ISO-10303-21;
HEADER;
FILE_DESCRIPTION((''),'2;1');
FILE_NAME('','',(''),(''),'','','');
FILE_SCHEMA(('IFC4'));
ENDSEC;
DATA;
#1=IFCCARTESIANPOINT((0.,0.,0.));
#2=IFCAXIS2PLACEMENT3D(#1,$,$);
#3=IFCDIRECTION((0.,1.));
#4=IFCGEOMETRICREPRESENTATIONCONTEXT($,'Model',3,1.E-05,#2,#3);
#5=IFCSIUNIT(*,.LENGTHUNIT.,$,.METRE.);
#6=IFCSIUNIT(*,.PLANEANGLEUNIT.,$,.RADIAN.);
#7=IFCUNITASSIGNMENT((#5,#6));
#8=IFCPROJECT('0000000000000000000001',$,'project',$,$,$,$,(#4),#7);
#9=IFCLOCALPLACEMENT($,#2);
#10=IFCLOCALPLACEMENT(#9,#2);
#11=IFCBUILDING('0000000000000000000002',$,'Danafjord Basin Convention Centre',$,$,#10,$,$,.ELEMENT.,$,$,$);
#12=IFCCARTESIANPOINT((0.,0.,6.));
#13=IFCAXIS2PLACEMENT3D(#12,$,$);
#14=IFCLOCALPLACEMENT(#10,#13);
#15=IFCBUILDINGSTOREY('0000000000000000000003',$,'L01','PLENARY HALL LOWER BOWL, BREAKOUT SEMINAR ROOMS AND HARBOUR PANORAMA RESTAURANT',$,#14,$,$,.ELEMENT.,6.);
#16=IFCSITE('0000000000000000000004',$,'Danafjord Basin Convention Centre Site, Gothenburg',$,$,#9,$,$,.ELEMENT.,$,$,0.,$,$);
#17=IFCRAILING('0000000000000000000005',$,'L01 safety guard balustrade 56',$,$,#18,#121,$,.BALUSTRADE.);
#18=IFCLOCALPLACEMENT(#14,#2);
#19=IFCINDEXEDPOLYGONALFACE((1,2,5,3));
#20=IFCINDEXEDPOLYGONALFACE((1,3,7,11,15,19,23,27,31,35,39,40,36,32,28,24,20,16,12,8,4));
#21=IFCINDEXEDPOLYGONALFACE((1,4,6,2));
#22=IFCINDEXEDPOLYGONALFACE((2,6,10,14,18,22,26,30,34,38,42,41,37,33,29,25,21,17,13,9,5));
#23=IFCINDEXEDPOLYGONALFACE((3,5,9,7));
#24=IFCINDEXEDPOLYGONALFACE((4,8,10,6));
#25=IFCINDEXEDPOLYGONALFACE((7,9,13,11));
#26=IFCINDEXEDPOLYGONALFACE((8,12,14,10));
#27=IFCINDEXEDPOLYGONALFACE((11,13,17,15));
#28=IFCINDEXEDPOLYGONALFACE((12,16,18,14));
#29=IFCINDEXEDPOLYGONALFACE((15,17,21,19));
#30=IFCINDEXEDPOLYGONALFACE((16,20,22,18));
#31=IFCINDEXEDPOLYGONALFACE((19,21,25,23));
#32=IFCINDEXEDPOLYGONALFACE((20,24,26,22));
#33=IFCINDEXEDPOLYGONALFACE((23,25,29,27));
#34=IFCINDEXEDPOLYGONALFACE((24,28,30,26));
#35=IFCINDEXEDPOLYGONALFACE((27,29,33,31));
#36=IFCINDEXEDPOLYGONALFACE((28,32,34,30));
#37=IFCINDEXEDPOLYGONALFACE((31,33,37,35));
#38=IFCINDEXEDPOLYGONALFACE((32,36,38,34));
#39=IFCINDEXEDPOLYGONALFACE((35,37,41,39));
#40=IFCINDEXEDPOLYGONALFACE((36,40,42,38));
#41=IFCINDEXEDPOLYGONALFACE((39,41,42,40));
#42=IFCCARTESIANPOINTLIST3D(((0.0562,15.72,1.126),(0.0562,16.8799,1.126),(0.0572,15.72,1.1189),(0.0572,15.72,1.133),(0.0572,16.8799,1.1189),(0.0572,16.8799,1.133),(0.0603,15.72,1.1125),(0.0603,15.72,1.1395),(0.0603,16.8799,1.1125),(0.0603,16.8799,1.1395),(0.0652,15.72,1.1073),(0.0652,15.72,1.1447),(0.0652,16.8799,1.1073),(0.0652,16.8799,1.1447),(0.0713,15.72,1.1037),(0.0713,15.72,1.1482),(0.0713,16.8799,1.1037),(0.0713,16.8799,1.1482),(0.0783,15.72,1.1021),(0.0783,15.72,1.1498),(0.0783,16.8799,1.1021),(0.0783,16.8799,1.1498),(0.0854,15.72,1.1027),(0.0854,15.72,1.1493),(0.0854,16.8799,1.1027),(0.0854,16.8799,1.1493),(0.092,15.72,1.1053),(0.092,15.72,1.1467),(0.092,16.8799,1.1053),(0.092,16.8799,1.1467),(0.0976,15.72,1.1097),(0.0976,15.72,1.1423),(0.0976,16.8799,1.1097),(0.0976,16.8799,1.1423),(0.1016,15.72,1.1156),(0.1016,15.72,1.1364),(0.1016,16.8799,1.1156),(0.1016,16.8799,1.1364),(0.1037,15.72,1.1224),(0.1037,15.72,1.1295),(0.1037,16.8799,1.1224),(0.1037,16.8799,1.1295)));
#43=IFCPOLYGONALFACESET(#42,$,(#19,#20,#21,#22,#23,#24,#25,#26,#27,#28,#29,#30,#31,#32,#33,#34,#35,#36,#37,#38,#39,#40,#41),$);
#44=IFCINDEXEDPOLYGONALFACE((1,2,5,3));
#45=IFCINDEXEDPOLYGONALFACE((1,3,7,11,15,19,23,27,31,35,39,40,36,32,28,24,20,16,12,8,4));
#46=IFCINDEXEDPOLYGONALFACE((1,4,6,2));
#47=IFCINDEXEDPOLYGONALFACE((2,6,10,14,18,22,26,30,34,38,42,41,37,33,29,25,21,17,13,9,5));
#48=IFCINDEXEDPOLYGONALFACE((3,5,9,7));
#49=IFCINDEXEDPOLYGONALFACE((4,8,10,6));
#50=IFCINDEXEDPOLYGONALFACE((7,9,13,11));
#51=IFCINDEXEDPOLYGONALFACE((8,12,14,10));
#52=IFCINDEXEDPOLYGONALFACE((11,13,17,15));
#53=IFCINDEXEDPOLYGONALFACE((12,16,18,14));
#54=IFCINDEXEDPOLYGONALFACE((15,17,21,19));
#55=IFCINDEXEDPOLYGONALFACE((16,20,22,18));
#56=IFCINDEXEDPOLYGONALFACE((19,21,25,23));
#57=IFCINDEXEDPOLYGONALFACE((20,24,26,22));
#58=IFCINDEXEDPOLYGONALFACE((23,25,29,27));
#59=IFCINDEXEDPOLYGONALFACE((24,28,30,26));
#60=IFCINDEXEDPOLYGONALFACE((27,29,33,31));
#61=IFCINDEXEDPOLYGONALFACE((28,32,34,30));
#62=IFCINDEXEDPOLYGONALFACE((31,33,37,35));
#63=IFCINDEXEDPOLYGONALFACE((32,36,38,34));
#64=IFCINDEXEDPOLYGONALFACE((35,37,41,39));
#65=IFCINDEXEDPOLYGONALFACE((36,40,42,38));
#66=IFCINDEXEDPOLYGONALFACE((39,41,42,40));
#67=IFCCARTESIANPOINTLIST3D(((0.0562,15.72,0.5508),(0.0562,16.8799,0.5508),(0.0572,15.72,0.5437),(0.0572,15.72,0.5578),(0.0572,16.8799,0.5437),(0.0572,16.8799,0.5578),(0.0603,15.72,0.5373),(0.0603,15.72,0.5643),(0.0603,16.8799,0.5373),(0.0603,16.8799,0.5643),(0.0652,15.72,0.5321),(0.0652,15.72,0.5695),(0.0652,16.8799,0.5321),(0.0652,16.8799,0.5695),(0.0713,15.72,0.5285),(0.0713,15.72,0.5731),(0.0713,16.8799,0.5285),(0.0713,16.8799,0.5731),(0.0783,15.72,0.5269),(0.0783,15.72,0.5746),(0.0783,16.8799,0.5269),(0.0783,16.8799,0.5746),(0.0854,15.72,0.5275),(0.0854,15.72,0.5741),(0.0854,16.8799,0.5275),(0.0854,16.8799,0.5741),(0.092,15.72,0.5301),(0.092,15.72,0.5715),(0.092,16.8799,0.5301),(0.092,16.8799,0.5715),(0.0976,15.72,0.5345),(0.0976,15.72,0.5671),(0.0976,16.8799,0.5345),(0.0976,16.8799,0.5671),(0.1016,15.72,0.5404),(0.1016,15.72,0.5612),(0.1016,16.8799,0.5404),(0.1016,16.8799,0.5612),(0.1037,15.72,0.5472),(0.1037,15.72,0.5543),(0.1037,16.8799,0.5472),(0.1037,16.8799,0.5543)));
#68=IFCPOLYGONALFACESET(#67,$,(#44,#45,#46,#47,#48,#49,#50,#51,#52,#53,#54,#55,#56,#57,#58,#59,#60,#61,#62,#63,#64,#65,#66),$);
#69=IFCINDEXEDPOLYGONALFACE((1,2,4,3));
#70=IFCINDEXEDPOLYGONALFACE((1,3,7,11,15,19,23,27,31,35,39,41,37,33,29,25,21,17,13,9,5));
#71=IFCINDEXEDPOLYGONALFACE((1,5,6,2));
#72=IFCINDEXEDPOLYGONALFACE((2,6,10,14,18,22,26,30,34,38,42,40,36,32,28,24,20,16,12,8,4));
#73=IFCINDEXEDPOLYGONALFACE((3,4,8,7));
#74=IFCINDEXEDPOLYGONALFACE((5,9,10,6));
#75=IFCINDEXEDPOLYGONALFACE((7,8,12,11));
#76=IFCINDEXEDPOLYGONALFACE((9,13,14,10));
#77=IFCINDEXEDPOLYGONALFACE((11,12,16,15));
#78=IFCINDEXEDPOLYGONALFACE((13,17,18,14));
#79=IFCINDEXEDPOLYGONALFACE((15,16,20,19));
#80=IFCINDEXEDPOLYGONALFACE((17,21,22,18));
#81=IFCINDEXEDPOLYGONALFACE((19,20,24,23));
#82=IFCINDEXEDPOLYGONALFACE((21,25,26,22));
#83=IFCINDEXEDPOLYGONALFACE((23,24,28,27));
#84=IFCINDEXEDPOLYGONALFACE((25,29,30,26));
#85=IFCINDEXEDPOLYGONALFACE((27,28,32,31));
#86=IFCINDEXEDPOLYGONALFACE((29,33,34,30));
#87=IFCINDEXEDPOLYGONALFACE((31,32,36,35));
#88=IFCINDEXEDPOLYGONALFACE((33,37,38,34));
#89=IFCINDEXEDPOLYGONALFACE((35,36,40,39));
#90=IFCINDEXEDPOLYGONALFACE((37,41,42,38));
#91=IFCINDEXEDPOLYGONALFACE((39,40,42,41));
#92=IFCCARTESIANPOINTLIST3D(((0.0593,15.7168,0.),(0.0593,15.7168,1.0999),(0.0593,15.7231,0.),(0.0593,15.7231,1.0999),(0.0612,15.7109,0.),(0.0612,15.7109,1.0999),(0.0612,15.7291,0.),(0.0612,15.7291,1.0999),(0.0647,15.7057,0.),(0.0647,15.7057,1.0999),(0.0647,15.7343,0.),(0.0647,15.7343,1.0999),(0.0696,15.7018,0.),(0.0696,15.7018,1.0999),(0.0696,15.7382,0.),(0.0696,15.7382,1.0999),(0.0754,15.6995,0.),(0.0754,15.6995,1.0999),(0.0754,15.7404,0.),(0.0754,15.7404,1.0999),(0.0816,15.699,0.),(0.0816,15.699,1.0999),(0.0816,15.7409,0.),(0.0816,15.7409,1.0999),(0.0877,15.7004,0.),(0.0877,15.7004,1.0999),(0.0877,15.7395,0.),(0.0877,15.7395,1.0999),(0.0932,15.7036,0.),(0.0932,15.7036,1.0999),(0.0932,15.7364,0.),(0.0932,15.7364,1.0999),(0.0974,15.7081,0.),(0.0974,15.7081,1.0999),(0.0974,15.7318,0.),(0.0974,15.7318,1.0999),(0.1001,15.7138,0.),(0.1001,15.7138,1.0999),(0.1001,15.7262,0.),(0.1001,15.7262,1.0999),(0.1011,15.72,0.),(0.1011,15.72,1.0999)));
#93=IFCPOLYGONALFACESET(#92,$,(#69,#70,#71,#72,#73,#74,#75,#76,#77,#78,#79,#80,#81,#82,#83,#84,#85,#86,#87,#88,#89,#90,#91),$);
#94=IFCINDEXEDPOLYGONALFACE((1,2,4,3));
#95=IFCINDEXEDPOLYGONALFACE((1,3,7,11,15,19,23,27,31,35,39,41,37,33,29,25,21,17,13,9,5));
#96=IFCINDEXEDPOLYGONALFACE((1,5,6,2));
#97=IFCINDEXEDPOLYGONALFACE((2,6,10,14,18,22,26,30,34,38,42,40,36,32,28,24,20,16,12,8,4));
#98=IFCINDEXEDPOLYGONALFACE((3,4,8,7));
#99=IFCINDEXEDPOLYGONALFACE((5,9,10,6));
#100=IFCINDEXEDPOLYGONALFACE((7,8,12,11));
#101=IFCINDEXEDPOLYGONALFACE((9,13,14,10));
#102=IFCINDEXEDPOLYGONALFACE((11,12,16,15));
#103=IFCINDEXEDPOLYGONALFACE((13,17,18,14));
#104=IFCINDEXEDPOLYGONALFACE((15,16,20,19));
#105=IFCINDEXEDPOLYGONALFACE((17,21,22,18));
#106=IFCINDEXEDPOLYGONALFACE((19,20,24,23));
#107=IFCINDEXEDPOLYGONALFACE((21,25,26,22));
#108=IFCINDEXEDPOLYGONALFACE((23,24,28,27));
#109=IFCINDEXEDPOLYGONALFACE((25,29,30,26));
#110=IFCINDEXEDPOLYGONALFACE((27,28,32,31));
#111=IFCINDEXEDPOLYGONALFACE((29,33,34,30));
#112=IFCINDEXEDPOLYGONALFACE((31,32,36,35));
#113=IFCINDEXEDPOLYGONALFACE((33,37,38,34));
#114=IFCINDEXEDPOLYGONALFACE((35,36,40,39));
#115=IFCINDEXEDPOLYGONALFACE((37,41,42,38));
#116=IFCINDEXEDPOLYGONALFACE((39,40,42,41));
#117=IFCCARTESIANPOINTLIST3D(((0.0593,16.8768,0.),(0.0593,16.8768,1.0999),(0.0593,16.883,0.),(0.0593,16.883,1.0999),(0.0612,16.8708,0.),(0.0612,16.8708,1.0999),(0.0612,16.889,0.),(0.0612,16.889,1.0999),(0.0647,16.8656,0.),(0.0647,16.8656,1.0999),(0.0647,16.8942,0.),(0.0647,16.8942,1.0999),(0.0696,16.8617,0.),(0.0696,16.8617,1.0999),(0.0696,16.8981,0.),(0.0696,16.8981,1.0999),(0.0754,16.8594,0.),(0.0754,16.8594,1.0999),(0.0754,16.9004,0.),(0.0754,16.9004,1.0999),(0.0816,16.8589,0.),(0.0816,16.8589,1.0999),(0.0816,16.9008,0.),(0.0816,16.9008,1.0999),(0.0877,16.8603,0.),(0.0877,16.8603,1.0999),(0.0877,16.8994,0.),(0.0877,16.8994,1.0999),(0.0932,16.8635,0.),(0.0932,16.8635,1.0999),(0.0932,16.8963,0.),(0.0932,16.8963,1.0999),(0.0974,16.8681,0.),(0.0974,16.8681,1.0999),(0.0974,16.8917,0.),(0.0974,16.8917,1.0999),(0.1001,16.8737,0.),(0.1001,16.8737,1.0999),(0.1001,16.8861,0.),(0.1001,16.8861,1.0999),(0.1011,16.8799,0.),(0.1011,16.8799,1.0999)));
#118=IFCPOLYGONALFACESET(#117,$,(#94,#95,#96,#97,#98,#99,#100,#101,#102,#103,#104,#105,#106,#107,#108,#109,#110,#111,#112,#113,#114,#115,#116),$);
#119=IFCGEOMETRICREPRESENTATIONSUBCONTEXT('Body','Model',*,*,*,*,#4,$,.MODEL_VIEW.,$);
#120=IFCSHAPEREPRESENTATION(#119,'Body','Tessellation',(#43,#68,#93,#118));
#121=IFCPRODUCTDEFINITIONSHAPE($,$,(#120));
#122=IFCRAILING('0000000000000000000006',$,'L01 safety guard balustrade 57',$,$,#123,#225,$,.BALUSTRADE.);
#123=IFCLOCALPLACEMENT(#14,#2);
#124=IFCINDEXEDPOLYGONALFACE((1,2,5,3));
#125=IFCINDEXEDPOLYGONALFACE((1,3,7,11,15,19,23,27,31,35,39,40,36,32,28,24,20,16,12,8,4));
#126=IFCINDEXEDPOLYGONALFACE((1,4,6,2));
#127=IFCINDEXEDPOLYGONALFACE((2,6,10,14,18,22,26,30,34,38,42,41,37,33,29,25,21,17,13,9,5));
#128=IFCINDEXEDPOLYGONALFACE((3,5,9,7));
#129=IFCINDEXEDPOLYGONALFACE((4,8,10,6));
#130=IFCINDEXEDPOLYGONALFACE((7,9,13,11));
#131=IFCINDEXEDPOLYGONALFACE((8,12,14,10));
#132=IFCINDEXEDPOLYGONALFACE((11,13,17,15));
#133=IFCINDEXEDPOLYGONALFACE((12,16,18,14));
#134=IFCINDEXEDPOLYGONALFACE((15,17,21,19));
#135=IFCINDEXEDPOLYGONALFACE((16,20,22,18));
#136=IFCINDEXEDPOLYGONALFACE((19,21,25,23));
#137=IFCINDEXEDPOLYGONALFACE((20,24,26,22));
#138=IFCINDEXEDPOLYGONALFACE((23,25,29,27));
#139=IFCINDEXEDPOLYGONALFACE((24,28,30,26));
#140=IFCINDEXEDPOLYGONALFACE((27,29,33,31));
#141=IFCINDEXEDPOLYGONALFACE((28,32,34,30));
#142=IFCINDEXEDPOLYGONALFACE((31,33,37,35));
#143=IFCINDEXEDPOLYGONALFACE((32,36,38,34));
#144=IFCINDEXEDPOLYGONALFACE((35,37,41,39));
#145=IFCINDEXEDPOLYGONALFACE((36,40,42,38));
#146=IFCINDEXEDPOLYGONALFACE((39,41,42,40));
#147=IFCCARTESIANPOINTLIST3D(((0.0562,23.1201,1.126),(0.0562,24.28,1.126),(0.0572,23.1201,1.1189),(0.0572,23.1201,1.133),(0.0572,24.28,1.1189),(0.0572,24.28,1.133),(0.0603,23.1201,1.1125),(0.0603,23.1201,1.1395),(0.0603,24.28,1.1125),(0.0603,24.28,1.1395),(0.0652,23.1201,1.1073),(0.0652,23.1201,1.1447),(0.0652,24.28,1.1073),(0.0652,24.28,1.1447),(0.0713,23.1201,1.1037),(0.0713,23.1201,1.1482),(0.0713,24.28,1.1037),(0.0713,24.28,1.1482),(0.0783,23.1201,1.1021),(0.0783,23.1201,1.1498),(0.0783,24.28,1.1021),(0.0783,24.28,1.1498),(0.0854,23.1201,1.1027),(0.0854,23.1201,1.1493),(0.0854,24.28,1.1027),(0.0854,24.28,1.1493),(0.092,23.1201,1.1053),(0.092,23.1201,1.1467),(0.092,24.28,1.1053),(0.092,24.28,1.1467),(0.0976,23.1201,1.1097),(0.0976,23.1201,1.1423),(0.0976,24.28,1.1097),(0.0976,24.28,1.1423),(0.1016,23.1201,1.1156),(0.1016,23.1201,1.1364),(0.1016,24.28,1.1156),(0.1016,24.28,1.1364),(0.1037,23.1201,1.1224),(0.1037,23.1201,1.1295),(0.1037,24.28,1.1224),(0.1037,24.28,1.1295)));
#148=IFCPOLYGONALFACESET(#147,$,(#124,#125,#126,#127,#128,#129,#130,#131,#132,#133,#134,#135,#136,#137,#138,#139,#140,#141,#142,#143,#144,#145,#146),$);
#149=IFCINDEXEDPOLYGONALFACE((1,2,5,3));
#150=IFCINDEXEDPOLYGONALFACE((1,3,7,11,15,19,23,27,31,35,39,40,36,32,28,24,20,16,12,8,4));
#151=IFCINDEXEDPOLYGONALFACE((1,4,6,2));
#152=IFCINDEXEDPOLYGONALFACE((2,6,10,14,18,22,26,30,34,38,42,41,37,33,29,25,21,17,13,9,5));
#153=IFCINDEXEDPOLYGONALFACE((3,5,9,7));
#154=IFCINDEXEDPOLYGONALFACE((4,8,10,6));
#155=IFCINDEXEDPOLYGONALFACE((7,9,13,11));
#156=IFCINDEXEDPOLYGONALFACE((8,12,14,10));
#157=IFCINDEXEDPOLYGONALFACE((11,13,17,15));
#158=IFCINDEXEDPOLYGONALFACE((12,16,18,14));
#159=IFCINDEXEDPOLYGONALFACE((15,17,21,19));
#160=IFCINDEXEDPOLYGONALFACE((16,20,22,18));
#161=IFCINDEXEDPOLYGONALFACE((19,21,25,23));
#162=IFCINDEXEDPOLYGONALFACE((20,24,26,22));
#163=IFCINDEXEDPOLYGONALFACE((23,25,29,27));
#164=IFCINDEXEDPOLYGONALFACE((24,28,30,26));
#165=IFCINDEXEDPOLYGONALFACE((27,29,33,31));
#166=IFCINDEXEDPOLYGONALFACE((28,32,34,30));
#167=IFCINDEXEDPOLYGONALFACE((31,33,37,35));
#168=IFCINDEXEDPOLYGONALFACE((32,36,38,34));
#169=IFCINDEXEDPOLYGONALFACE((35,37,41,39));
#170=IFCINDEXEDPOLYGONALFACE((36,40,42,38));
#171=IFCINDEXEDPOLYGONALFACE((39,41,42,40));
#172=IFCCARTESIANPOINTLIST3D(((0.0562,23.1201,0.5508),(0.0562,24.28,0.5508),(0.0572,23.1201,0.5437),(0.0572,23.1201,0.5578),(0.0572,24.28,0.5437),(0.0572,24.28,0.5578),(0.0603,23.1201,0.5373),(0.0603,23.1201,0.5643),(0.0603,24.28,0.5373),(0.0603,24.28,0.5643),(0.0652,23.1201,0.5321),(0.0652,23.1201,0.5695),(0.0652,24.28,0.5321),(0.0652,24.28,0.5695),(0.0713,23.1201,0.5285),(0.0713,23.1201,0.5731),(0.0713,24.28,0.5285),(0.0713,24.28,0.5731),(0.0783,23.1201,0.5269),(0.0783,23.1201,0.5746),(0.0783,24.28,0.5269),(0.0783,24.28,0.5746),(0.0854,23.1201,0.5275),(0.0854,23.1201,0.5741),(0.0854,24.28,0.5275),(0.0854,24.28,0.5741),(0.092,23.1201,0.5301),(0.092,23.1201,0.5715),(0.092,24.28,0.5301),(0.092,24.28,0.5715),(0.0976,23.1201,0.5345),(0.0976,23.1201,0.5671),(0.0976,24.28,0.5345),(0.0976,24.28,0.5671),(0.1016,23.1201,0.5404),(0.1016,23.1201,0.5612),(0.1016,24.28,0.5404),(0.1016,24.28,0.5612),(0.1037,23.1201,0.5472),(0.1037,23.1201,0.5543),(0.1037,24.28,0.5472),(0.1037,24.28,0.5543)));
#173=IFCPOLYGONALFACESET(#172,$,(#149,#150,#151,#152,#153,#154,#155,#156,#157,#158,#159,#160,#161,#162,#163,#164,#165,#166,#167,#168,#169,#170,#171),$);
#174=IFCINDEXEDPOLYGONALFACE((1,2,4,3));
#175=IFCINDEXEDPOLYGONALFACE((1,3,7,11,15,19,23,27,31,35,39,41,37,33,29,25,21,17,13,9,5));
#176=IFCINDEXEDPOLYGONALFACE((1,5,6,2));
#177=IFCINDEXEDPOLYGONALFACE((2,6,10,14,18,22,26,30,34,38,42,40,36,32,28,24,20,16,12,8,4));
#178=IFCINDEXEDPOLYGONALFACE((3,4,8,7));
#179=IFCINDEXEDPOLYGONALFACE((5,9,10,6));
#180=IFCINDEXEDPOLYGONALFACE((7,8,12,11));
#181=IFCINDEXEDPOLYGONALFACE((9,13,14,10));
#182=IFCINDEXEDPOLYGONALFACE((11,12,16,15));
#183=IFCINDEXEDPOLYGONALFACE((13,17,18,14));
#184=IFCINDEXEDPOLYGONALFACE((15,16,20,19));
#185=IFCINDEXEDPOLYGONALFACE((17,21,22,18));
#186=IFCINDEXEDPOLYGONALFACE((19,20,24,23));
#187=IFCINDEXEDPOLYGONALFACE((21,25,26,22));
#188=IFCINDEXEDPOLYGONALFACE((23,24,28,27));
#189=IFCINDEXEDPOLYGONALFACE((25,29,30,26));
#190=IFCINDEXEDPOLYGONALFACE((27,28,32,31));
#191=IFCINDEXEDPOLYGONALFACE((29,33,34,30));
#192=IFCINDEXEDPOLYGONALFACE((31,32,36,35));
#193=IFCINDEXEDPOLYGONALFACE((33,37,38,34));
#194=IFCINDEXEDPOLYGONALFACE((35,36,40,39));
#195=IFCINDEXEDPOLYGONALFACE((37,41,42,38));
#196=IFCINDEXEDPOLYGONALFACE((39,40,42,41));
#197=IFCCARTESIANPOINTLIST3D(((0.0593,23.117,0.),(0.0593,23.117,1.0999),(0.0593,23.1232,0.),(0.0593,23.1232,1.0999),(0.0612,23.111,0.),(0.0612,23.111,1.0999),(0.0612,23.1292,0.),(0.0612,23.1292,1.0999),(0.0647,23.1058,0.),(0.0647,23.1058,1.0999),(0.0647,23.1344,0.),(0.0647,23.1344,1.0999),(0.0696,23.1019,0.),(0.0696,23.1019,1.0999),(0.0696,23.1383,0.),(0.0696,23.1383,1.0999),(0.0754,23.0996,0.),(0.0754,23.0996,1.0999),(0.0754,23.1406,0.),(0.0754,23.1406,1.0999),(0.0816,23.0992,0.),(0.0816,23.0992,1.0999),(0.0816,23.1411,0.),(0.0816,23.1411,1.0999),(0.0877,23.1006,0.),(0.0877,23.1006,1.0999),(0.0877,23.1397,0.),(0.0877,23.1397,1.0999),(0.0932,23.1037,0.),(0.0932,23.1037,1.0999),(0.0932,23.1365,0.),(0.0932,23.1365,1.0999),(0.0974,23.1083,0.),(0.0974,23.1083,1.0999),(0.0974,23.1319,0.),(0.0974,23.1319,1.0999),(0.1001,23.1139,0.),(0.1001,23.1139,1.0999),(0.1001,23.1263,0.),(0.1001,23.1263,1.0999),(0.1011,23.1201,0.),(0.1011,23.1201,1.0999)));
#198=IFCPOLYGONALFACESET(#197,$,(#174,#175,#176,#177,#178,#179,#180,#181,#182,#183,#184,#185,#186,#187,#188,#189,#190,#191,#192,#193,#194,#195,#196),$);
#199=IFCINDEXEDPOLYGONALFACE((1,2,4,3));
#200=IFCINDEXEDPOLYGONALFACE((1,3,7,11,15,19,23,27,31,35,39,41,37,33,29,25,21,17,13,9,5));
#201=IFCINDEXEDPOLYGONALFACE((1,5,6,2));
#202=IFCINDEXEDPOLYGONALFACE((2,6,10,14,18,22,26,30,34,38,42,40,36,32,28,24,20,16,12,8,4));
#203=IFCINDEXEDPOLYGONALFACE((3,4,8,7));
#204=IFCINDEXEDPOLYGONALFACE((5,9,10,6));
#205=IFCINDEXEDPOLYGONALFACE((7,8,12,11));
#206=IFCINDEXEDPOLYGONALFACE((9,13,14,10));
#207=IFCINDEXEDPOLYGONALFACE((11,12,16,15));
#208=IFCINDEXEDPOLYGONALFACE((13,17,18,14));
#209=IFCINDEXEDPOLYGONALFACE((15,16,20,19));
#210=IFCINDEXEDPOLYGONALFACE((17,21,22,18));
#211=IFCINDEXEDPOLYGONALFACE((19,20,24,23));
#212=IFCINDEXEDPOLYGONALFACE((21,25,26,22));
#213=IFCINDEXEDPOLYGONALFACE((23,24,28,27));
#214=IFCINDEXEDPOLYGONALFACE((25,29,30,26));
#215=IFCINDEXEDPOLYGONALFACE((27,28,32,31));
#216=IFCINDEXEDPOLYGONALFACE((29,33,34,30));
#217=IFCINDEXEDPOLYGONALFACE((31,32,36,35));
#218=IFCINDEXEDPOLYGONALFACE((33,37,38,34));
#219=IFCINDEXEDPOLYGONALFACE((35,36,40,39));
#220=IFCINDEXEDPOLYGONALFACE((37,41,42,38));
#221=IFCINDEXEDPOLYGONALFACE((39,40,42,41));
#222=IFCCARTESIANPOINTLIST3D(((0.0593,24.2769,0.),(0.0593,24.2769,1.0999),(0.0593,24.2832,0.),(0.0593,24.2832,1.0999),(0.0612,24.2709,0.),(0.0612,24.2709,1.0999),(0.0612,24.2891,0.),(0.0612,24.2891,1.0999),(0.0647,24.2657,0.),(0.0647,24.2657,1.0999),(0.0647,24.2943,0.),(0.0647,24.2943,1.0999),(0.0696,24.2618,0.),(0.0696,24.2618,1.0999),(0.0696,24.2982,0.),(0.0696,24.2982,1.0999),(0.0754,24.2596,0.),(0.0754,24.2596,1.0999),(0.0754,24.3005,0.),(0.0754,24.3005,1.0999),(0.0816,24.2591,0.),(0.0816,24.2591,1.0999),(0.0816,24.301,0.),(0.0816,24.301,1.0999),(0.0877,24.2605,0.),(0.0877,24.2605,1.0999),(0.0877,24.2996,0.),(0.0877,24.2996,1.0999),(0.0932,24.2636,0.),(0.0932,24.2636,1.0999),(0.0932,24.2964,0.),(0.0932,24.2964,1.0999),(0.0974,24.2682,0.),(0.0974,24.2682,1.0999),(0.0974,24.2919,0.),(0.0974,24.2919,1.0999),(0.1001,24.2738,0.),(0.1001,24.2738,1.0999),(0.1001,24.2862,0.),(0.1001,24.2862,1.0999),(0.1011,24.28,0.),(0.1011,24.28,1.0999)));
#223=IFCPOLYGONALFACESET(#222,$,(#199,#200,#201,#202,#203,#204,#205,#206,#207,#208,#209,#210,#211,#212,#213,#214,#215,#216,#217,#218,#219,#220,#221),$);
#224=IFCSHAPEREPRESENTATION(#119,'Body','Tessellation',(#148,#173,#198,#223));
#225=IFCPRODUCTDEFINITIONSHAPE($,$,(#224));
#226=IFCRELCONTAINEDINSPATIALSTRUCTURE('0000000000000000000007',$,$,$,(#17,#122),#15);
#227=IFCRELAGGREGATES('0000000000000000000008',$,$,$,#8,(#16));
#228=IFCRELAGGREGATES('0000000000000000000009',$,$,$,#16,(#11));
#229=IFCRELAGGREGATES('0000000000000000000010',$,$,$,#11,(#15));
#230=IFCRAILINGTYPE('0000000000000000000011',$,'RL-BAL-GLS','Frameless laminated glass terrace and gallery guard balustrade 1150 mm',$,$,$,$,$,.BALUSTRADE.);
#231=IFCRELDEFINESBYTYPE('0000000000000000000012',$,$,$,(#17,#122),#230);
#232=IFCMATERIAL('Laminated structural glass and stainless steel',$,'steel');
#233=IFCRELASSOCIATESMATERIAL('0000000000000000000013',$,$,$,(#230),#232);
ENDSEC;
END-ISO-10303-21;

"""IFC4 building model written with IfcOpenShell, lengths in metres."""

from ifc_helpers import new_model, si_unit, direction, frame, origin, origin_2d, place, context, subcontext, project, spatial, circle, extrude, material, type_object, element, save


model = new_model("IFC4")

# Units and contexts
model_context = context("Model", 3, precision=1e-05, world=origin(), true_north=direction((0.0, 1.0)))
body_context = subcontext(model_context, "Body", "Model", "MODEL_VIEW")
ifc_project = project(units=[si_unit("LENGTHUNIT", "METRE"), si_unit("PLANEANGLEUNIT", "RADIAN")], contexts=[model_context])

# Site, building, storey
site_placement = place(None, origin())
site = spatial("IfcSite", under=ifc_project, at=site_placement, Name="Danafjord Basin Convention Centre Site, Gothenburg", CompositionType="ELEMENT", RefElevation=0.0)
building_placement = place(site_placement, origin())
building = spatial("IfcBuilding", under=site, at=building_placement, Name="Danafjord Basin Convention Centre", CompositionType="ELEMENT")
storey_placement = place(building_placement, frame((0.0, 0.0, 6.0)))
storey = spatial("IfcBuildingStorey", under=building, at=storey_placement, Name="L01", Description="PLENARY HALL LOWER BOWL, BREAKOUT SEMINAR ROOMS AND HARBOUR PANORAMA RESTAURANT", CompositionType="ELEMENT", Elevation=6.0)

# Railings
ifc_material_1 = material(Name="Laminated structural glass and stainless steel", Category="steel")
railing_type = type_object("IfcRailingType", Name="RL-BAL-GLS", Description="Frameless laminated glass terrace and gallery guard balustrade 1150 mm", PredefinedType="BALUSTRADE", material=ifc_material_1)
for number, where, name in (
    (1, (0.0801, 15.72, 0.0), "L01 safety guard balustrade 56"),
    (2, (0.0801, 23.1201, 0.0), "L01 safety guard balustrade 57"),
):
    element("IfcRailing", number, at=place(storey_placement, frame(where)), inside=storey, type_object=railing_type, Name=name, PredefinedType="BALUSTRADE", context=body_context, shape_type="SweptSolid", body=[
        extrude(circle(Radius=0.0239, at=origin_2d()), frame((0.0, 0.0, 1.126), z_axis=(0.0, 1.0, 0.0), x_axis=(-1.0, 0.0, 0.0)), (0.0, 0.0, 1.0), 1.1599),
        extrude(circle(Radius=0.0239, at=origin_2d()), frame((0.0, 0.0, 0.5508), z_axis=(0.0, 1.0, 0.0), x_axis=(-1.0, 0.0, 0.0)), (0.0, 0.0, 1.0), 1.1599),
        extrude(circle(Radius=0.021, at=origin_2d()), origin(), (0.0, 0.0, 1.0), 1.0999),
        extrude(circle(Radius=0.021, at=origin_2d()), frame((0.0, 1.1599, 0.0)), (0.0, 0.0, 1.0), 1.0999),
    ])

save(model, "model.ifc")
